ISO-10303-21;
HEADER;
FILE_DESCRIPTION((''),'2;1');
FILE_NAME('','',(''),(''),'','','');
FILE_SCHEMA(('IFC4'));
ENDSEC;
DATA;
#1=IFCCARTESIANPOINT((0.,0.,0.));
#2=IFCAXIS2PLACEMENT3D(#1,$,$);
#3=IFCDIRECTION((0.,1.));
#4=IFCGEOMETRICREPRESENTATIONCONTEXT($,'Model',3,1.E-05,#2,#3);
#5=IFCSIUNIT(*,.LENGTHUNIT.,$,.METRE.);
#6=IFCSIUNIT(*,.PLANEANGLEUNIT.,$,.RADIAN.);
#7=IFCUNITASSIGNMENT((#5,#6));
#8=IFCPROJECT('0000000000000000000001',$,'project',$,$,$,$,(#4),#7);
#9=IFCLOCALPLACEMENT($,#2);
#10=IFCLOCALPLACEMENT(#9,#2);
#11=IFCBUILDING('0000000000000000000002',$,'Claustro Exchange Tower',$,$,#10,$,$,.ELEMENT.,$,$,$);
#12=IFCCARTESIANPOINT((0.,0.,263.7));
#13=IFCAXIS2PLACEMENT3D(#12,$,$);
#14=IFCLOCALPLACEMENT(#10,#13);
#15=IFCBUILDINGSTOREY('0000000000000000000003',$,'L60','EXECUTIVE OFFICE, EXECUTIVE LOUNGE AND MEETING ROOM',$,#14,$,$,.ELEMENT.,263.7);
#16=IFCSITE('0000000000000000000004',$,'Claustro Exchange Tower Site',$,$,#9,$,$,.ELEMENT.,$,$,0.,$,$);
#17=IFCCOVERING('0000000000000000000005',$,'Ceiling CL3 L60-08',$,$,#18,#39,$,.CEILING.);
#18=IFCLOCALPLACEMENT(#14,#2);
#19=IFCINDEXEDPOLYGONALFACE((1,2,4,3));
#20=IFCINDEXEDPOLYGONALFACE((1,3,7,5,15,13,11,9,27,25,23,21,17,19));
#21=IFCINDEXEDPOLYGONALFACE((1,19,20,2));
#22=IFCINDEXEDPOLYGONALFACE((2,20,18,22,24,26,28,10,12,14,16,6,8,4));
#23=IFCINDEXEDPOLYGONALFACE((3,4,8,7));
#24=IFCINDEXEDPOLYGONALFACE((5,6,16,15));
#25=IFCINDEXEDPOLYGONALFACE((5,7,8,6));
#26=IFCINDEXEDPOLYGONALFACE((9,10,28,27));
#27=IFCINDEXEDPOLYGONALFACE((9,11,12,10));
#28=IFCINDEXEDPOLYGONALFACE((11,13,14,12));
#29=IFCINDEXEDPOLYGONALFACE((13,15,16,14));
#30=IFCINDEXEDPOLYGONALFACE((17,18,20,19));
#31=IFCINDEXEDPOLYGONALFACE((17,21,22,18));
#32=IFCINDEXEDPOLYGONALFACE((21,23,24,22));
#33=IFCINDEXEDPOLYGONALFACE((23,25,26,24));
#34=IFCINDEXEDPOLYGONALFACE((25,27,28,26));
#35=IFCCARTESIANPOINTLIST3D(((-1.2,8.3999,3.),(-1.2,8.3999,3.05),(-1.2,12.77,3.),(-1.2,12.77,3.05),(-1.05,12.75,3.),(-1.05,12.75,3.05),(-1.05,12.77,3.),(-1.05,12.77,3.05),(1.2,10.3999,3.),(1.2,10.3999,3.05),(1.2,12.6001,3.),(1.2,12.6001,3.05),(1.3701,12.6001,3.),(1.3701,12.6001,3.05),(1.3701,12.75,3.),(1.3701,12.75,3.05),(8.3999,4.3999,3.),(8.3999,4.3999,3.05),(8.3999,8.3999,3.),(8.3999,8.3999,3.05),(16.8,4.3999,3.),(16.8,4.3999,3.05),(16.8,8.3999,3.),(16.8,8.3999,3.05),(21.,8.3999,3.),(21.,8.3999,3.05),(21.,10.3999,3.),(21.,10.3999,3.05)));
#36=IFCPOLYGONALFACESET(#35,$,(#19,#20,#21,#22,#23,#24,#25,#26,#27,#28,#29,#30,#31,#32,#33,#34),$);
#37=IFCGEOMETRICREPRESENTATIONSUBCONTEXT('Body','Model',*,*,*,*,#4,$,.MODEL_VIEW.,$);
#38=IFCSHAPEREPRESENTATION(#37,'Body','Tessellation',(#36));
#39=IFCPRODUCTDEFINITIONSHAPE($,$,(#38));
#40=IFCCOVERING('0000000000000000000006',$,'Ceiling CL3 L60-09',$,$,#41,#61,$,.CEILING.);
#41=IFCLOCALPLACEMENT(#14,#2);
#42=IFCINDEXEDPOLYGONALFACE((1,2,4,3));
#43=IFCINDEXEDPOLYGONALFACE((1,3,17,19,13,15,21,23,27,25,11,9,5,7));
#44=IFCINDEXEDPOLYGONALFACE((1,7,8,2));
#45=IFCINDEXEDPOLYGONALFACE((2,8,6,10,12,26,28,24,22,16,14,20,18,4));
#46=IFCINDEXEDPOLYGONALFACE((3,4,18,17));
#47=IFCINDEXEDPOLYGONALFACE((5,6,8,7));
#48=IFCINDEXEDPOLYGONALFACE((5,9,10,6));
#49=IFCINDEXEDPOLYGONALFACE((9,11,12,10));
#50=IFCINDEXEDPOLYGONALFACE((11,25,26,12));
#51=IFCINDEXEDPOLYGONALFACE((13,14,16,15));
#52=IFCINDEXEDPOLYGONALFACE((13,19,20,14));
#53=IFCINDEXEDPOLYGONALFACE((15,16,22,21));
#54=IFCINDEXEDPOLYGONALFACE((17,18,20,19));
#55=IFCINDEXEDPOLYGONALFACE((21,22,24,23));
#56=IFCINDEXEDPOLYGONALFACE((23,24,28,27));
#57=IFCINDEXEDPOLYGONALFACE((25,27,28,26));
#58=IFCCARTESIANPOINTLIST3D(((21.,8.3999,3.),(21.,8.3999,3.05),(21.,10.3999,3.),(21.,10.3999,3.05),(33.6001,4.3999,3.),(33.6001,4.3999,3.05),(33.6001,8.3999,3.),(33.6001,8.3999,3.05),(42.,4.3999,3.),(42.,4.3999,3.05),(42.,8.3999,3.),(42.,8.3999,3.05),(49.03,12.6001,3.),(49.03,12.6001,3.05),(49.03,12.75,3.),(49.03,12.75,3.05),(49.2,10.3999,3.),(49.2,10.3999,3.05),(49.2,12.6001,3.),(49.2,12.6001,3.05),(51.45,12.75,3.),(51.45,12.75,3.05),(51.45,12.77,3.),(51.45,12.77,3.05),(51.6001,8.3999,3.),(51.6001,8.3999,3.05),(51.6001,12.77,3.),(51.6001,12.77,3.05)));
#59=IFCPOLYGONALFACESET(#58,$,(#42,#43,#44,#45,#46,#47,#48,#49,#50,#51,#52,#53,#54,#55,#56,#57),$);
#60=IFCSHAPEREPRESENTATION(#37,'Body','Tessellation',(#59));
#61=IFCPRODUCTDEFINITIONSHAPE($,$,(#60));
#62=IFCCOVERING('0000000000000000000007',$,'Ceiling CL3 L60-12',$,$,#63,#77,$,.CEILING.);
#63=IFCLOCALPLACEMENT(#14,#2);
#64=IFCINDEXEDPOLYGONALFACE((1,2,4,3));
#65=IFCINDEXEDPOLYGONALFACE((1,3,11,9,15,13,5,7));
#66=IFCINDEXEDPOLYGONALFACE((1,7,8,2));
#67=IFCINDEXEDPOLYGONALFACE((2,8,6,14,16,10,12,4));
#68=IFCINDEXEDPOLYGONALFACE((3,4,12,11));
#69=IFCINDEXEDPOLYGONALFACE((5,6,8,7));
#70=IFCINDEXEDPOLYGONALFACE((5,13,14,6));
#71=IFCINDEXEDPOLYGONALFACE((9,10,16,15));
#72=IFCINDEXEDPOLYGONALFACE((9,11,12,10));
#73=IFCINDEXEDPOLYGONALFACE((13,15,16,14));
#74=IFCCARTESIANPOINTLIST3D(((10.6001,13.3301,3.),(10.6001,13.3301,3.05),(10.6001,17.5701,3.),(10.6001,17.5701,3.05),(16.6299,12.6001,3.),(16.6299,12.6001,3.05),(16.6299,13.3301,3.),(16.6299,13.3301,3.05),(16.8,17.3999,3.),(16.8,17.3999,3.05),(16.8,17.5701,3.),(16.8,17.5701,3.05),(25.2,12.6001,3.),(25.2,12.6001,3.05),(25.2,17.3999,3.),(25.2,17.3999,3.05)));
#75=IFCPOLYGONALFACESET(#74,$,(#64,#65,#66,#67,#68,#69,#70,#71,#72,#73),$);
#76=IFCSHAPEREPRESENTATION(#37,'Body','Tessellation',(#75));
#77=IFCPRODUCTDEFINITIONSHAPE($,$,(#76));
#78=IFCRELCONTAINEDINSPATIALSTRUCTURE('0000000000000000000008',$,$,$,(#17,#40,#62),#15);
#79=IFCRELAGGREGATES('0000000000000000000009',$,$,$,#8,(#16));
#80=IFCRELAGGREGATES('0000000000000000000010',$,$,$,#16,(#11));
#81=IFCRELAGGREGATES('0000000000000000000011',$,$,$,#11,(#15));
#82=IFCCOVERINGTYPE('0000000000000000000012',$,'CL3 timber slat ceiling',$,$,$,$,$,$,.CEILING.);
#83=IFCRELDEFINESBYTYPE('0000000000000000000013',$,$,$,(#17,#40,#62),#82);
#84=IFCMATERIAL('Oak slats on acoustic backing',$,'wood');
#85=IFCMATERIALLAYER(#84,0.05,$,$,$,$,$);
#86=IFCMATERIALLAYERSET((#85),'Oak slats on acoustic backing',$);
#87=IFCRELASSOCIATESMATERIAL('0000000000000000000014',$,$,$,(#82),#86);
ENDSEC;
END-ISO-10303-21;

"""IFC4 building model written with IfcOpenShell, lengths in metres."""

from ifc_helpers import new_model, si_unit, direction, frame, origin, place, context, subcontext, project, spatial, polyline, outline, extrude, material, layer, layer_set, type_object, element, save


model = new_model("IFC4")

# Units and contexts
model_context = context("Model", 3, precision=1e-05, world=origin(), true_north=direction((0.0, 1.0)))
body_context = subcontext(model_context, "Body", "Model", "MODEL_VIEW")
ifc_project = project(units=[si_unit("LENGTHUNIT", "METRE"), si_unit("PLANEANGLEUNIT", "RADIAN")], contexts=[model_context])

# Site, building, storey
site_placement = place(None, origin())
site = spatial("IfcSite", under=ifc_project, at=site_placement, Name="Claustro Exchange Tower Site", CompositionType="ELEMENT", RefElevation=0.0)
building_placement = place(site_placement, origin())
building = spatial("IfcBuilding", under=site, at=building_placement, Name="Claustro Exchange Tower", CompositionType="ELEMENT")
storey_placement = place(building_placement, frame((0.0, 0.0, 263.7)))
storey = spatial("IfcBuildingStorey", under=building, at=storey_placement, Name="L60", Description="EXECUTIVE OFFICE, EXECUTIVE LOUNGE AND MEETING ROOM", CompositionType="ELEMENT", Elevation=263.7)

# Coverings
ifc_material_1 = material(Name="Oak slats on acoustic backing", Category="wood")
ifc_layer_1 = layer(ifc_material_1, 0.05)
ifc_layer_set_1 = layer_set([ifc_layer_1], Name="Oak slats on acoustic backing")
covering_type_1 = type_object("IfcCoveringType", Name="CL3 timber slat ceiling", PredefinedType="CEILING", material=ifc_layer_set_1)
covering_1_placement = place(storey_placement, frame((0.0, 0.0, 3.0)))
element("IfcCovering", 1, at=covering_1_placement, inside=storey, type_object=covering_type_1, Name="Ceiling CL3 L60-08", PredefinedType="CEILING", context=body_context, shape_type="SweptSolid", body=[
    extrude(outline(polyline([(1.2, 10.3999), (1.2, 12.6001), (1.3701, 12.6001), (1.3701, 12.75), (-1.05, 12.75), (-1.05, 12.77), (-1.2, 12.77), (-1.2, 8.3999), (8.3999, 8.3999), (8.3999, 4.3999), (16.8, 4.3999), (16.8, 8.3999), (21.0, 8.3999), (21.0, 10.3999), (1.2, 10.3999)])), origin(), (0.0, 0.0, 1.0), 0.05),
])
covering_2_placement = place(storey_placement, frame((0.0, 0.0, 3.0)))
element("IfcCovering", 2, at=covering_2_placement, inside=storey, type_object=covering_type_1, Name="Ceiling CL3 L60-09", PredefinedType="CEILING", context=body_context, shape_type="SweptSolid", body=[
    extrude(outline(polyline([(51.6001, 8.3999), (51.6001, 12.77), (51.45, 12.77), (51.45, 12.75), (49.03, 12.75), (49.03, 12.6001), (49.2, 12.6001), (49.2, 10.3999), (21.0, 10.3999), (21.0, 8.3999), (33.6001, 8.3999), (33.6001, 4.3999), (42.0, 4.3999), (42.0, 8.3999), (51.6001, 8.3999)])), origin(), (0.0, 0.0, 1.0), 0.05),
])
covering_3_placement = place(storey_placement, frame((0.0, 0.0, 3.0)))
element("IfcCovering", 3, at=covering_3_placement, inside=storey, type_object=covering_type_1, Name="Ceiling CL3 L60-12", PredefinedType="CEILING", context=body_context, shape_type="SweptSolid", body=[
    extrude(outline(polyline([(25.2, 17.3999), (16.8, 17.3999), (16.8, 17.5701), (10.6001, 17.5701), (10.6001, 13.3301), (16.6299, 13.3301), (16.6299, 12.6001), (25.2, 12.6001), (25.2, 17.3999)])), origin(), (0.0, 0.0, 1.0), 0.05),
])

save(model, "model.ifc")
